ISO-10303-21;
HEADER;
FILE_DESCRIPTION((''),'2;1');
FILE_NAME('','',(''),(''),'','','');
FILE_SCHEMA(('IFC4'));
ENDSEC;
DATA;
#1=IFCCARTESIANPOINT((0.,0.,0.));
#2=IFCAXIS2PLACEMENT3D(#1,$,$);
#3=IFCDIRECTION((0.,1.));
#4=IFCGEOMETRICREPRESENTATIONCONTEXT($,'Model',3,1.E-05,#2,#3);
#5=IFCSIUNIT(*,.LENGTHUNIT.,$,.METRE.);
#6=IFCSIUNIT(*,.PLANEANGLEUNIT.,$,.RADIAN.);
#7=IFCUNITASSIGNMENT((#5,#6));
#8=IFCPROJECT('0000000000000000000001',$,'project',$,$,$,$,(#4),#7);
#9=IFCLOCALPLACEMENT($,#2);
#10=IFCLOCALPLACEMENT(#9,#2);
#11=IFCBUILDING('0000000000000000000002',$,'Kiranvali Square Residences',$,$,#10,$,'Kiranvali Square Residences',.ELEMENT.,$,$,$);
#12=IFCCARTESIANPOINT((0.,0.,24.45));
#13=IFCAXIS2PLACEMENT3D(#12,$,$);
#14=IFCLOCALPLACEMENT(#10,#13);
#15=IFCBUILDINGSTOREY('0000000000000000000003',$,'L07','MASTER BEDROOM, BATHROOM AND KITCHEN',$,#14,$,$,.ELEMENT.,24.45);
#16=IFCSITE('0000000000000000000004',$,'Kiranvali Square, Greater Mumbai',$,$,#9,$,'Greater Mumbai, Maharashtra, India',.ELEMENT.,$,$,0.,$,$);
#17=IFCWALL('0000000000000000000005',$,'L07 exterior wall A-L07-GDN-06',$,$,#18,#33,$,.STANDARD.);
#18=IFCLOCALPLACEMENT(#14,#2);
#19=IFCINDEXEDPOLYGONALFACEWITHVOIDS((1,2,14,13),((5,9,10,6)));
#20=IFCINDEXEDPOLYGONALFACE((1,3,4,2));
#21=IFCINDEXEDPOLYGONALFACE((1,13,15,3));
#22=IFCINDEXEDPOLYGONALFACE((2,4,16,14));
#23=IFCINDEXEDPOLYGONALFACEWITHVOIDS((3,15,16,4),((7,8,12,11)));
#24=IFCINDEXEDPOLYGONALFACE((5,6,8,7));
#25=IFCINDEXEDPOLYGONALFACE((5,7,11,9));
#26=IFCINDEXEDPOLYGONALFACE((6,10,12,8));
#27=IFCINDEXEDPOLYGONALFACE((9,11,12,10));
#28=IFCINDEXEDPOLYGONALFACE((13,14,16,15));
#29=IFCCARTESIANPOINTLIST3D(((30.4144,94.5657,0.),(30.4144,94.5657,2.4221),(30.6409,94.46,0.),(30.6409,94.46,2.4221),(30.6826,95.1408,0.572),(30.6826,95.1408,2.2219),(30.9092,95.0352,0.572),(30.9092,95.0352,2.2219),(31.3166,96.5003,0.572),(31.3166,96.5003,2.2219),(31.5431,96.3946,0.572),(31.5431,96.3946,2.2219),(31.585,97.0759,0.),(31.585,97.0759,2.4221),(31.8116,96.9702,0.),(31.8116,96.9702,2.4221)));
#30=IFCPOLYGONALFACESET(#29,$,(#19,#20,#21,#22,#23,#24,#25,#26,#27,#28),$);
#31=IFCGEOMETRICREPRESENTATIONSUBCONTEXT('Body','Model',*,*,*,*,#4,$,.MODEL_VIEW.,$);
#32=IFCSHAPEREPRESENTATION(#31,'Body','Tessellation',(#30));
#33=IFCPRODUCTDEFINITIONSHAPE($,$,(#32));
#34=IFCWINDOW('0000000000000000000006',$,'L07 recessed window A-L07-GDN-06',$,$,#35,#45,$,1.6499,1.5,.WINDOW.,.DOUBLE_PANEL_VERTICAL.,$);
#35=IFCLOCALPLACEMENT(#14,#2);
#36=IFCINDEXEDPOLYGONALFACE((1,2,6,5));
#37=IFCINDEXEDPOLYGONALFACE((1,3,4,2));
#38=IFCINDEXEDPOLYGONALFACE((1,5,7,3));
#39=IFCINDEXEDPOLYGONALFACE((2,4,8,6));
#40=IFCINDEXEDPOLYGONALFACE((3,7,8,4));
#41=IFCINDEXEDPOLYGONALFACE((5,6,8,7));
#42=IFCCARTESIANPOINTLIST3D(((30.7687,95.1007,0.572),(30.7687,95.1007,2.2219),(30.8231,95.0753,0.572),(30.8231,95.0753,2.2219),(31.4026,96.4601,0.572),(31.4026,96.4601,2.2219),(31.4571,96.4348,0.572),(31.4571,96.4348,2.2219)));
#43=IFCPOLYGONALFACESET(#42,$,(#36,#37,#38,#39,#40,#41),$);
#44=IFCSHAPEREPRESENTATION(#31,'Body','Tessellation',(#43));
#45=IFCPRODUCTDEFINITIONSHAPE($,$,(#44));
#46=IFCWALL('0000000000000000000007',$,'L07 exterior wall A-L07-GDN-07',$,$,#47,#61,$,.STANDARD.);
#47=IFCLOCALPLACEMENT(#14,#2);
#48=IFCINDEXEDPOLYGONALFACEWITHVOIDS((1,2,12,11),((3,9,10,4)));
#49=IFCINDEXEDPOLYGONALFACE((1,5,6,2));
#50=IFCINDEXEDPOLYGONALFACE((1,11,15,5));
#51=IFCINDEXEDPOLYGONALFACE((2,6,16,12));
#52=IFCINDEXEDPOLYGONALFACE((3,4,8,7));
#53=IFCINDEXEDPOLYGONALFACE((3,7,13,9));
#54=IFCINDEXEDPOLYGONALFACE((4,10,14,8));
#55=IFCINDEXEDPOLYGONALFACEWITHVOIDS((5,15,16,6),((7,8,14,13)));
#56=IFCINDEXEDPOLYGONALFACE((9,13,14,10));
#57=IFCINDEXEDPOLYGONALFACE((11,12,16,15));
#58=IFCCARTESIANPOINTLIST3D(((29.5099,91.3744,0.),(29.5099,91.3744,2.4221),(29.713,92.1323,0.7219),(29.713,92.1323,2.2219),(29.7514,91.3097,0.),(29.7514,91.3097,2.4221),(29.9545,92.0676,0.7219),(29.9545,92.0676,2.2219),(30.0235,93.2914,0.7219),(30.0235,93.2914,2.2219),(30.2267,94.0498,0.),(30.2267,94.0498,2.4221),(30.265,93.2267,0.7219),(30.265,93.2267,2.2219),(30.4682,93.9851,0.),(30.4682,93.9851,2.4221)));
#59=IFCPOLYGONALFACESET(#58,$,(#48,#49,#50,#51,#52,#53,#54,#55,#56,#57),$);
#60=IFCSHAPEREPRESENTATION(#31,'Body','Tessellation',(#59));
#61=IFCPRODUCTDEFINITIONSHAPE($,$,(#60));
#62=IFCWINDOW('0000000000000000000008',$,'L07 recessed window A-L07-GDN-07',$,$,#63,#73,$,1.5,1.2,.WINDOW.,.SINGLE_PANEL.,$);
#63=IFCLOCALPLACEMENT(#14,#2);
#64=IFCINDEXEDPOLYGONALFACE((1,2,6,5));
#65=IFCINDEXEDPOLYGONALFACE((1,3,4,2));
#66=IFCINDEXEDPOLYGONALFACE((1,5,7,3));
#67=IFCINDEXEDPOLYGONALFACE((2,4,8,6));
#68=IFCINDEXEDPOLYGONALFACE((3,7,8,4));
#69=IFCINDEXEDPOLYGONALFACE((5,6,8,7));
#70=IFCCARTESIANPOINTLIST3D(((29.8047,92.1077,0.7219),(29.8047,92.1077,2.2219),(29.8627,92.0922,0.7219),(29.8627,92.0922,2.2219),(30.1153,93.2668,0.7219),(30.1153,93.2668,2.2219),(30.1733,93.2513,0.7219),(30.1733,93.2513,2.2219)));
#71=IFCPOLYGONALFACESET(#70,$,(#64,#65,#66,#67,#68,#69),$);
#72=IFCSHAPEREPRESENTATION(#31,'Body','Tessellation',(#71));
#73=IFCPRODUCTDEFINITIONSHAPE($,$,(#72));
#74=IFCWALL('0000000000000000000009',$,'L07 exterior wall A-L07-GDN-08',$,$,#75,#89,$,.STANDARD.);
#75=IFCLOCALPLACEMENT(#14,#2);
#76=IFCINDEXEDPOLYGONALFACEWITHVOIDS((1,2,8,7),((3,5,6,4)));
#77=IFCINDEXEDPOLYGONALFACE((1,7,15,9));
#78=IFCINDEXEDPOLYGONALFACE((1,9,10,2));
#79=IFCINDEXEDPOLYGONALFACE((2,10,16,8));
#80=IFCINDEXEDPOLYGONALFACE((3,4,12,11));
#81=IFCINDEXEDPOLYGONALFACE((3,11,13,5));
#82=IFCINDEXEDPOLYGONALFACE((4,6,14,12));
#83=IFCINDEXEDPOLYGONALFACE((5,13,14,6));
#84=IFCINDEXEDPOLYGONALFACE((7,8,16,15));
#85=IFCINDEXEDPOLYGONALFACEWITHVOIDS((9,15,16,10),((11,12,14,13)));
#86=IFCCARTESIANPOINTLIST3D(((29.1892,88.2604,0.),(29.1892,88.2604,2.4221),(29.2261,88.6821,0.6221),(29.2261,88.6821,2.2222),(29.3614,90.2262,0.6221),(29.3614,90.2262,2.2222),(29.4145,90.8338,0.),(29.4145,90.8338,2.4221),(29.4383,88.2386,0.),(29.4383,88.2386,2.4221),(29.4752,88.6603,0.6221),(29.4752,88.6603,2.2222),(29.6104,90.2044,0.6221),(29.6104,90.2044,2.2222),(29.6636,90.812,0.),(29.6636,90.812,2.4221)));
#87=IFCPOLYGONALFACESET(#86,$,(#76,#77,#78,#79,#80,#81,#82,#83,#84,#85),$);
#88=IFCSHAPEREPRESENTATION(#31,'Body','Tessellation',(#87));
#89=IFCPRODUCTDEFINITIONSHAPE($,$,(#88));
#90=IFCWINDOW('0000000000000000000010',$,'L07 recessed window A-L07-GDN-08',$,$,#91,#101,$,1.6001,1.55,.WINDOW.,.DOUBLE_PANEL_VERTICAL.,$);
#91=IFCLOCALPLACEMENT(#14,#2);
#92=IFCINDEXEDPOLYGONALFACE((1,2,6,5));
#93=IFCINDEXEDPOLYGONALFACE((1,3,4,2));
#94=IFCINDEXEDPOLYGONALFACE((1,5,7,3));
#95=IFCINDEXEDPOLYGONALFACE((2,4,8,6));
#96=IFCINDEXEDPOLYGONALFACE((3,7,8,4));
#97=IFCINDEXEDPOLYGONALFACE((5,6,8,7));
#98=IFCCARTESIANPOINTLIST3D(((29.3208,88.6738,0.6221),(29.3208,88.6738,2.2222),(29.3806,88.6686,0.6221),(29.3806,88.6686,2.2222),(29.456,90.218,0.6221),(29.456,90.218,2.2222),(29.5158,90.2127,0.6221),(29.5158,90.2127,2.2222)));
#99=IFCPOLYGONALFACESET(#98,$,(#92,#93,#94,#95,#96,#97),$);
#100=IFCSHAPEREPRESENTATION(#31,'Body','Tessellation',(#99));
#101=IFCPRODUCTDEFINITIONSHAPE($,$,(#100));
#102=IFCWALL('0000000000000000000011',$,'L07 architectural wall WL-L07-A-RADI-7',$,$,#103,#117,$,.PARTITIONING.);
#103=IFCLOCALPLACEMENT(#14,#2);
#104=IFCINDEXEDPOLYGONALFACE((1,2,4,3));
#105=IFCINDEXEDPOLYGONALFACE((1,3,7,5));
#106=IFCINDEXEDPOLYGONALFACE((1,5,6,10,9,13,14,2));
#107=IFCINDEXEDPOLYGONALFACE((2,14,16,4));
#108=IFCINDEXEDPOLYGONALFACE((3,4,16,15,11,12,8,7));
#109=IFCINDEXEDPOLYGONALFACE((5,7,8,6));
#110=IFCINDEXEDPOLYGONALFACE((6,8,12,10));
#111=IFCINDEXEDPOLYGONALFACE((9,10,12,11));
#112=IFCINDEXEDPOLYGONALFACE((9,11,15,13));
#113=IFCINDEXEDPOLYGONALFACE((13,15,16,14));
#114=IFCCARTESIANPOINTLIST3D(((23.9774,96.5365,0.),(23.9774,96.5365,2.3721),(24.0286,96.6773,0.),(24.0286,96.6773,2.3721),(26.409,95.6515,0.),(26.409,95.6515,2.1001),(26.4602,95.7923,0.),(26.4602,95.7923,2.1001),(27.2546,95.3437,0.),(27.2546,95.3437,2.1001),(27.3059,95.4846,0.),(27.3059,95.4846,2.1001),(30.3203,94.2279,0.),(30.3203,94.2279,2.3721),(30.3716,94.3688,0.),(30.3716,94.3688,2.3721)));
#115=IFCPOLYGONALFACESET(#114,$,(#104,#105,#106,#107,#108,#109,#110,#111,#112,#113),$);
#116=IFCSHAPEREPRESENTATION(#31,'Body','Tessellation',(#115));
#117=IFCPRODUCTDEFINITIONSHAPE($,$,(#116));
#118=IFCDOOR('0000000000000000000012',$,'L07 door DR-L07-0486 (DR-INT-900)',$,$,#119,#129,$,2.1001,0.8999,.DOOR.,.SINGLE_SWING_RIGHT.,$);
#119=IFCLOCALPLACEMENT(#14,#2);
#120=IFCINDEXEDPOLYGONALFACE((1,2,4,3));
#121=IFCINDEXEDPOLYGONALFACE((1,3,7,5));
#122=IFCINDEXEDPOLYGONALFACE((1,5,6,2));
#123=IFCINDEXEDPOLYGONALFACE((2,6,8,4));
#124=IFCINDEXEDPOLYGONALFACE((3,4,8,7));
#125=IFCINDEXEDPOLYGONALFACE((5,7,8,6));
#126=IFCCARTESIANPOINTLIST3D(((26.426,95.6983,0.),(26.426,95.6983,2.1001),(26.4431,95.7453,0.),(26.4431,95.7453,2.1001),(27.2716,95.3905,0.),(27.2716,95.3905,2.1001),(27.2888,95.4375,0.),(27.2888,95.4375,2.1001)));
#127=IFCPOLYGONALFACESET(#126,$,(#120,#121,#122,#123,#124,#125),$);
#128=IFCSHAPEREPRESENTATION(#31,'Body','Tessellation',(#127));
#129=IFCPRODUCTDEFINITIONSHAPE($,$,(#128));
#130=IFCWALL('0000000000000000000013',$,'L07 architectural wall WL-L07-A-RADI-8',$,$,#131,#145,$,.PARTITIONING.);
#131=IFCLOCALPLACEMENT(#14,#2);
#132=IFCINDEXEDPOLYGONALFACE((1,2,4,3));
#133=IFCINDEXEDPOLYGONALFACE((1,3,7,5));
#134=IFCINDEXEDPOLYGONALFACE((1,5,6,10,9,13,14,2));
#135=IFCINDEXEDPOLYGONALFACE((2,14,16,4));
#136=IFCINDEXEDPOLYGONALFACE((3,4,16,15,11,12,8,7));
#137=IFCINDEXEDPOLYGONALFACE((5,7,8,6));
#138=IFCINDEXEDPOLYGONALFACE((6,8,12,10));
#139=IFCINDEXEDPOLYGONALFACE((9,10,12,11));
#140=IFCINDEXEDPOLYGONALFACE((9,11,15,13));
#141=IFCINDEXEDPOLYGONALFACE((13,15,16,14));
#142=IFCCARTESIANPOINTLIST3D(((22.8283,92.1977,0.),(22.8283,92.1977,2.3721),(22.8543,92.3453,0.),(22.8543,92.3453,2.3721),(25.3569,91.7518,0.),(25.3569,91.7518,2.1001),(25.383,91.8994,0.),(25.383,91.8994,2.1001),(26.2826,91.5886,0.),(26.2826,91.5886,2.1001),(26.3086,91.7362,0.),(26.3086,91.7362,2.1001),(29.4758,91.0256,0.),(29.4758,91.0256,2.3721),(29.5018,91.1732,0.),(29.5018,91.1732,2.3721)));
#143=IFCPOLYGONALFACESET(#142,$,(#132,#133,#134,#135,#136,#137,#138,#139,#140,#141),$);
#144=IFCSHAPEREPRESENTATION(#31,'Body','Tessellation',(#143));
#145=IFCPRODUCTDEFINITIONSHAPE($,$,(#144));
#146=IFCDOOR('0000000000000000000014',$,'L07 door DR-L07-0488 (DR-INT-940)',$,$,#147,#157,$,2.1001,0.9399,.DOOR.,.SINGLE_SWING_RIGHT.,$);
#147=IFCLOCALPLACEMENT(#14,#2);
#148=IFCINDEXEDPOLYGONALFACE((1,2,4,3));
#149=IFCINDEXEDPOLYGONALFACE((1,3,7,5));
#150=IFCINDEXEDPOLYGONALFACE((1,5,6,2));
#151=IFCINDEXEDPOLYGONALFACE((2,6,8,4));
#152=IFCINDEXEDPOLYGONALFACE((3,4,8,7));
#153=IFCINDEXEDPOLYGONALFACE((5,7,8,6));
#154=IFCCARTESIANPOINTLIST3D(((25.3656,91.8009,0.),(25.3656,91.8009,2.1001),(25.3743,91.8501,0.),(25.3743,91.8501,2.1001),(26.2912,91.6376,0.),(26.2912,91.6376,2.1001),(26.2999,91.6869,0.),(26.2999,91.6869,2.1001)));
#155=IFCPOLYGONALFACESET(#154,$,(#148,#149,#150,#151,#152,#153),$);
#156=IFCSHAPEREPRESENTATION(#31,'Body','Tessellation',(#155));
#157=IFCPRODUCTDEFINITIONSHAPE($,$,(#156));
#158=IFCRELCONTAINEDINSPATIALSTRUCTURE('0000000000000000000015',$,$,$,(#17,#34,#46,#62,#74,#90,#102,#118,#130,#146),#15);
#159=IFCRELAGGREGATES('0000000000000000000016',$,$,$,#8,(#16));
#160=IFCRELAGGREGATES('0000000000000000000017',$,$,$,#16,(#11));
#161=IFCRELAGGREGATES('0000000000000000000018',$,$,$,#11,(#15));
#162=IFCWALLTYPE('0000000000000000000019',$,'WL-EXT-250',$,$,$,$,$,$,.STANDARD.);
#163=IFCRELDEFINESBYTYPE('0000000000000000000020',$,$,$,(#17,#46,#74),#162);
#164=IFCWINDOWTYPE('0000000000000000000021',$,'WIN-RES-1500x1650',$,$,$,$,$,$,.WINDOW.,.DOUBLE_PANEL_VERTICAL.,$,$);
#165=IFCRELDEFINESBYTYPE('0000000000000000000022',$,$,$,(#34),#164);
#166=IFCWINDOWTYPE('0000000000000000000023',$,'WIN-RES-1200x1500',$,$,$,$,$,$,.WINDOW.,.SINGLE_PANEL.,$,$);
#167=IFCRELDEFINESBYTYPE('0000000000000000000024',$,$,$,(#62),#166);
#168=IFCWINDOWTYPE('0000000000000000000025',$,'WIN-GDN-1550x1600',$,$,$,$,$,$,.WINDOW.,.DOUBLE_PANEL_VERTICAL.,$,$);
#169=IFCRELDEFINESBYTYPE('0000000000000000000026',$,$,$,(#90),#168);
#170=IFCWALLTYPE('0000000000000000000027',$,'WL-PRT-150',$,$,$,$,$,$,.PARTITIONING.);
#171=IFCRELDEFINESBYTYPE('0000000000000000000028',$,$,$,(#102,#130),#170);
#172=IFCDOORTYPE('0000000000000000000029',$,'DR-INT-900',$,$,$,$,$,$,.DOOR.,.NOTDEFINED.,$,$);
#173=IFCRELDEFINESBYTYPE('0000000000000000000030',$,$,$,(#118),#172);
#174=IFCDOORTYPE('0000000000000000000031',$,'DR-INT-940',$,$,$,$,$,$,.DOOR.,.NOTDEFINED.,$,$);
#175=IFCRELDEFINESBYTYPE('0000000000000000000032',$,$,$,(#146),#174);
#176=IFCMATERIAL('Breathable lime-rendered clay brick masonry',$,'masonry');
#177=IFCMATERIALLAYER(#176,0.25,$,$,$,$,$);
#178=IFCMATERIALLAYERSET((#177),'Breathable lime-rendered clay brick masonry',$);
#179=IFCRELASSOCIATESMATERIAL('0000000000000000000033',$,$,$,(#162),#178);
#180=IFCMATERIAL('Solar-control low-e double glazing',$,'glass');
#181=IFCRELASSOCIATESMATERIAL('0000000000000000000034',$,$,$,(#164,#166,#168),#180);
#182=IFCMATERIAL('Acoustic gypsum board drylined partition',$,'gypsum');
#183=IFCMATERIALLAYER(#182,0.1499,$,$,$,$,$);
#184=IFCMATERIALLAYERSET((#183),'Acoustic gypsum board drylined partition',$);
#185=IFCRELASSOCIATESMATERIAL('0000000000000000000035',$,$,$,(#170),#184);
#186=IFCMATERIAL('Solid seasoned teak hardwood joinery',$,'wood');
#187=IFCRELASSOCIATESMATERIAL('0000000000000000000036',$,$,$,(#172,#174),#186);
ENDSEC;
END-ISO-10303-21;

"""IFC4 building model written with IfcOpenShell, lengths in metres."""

from ifc_helpers import new_model, si_unit, direction, frame, frame_2d, origin, place, context, subcontext, project, spatial, rectangle, extrude, material, layer, layer_set, type_object, element, fill, save


model = new_model("IFC4")

# Units and contexts
model_context = context("Model", 3, precision=1e-05, world=origin(), true_north=direction((0.0, 1.0)))
body_context = subcontext(model_context, "Body", "Model", "MODEL_VIEW")
ifc_project = project(units=[si_unit("LENGTHUNIT", "METRE"), si_unit("PLANEANGLEUNIT", "RADIAN")], contexts=[model_context])

# Site, building, storey
site_placement = place(None, origin())
site = spatial("IfcSite", under=ifc_project, at=site_placement, Name="Kiranvali Square, Greater Mumbai", LongName="Greater Mumbai, Maharashtra, India", CompositionType="ELEMENT", RefElevation=0.0)
building_placement = place(site_placement, origin())
building = spatial("IfcBuilding", under=site, at=building_placement, Name="Kiranvali Square Residences", LongName="Kiranvali Square Residences", CompositionType="ELEMENT")
storey_placement = place(building_placement, frame((0.0, 0.0, 24.45)))
storey = spatial("IfcBuildingStorey", under=building, at=storey_placement, Name="L07", Description="MASTER BEDROOM, BATHROOM AND KITCHEN", CompositionType="ELEMENT", Elevation=24.45)

# Walls, openings, windows
ifc_material_1 = material(Name="Breathable lime-rendered clay brick masonry", Category="masonry")
ifc_layer_1 = layer(ifc_material_1, 0.25)
ifc_layer_set_1 = layer_set([ifc_layer_1], Name="Breathable lime-rendered clay brick masonry")
wall_type_1 = type_object("IfcWallType", Name="WL-EXT-250", PredefinedType="STANDARD", material=ifc_layer_set_1)
wall_1_placement = place(storey_placement, frame((31.6982, 97.0229, 0.0), z_axis=(0.0, 0.0, 1.0), x_axis=(-0.422649, -0.906293, 0.0)))
wall_1 = element("IfcWall", 1, at=wall_1_placement, inside=storey, type_object=wall_type_1, Name="L07 exterior wall A-L07-GDN-06", PredefinedType="STANDARD", context=body_context, shape_type="SweptSolid", body=[
    extrude(rectangle(XDim=2.7698, YDim=0.25, at=frame_2d((1.3848, 0.0))), origin(), (0.0, 0.0, 1.0), 2.4221),
])
opening_1_placement = place(wall_1_placement, frame((0.635, 0.0, 0.572)))
opening_1 = element("IfcOpeningElement", 2, at=opening_1_placement, cuts=wall_1, PredefinedType="OPENING", context=body_context, shape_type="SweptSolid", body=[
    extrude(rectangle(XDim=1.5, YDim=1.6499, at=frame_2d((0.75, 0.825))), frame((0.0, 0.135, 0.0), z_axis=(0.0, -1.0, 0.0), x_axis=(1.0, 0.0, 0.0)), (0.0, 0.0, 1.0), 0.27),
])
ifc_material_2 = material(Name="Solar-control low-e double glazing", Category="glass")
window_type_1 = type_object("IfcWindowType", Name="WIN-RES-1500x1650", PartitioningType="DOUBLE_PANEL_VERTICAL", PredefinedType="WINDOW", material=ifc_material_2)
window_1_placement = place(opening_1_placement, origin())
window_1 = element("IfcWindow", 3, at=window_1_placement, inside=storey, type_object=window_type_1, Name="L07 recessed window A-L07-GDN-06", OverallHeight=1.6499, OverallWidth=1.5, PartitioningType="DOUBLE_PANEL_VERTICAL", PredefinedType="WINDOW", context=body_context, shape_type="SweptSolid", body=[
    extrude(rectangle(XDim=1.5, YDim=1.6499, at=frame_2d((0.75, 0.825))), frame((0.0, 0.03, 0.0), z_axis=(0.0, -1.0, 0.0), x_axis=(1.0, 0.0, 0.0)), (0.0, 0.0, 1.0), 0.0601),
])
fill(opening_1, window_1)
wall_2_placement = place(storey_placement, frame((30.3474, 94.0173, 0.0), z_axis=(0.0, 0.0, 1.0), x_axis=(-0.258782, -0.965936, 0.0)))
wall_2 = element("IfcWall", 4, at=wall_2_placement, inside=storey, type_object=wall_type_1, Name="L07 exterior wall A-L07-GDN-07", PredefinedType="STANDARD", context=body_context, shape_type="SweptSolid", body=[
    extrude(rectangle(XDim=2.7698, YDim=0.25, at=frame_2d((1.3848, 0.0))), origin(), (0.0, 0.0, 1.0), 2.4221),
])
opening_2_placement = place(wall_2_placement, frame((0.7849, 0.0, 0.7219)))
opening_2 = element("IfcOpeningElement", 5, at=opening_2_placement, cuts=wall_2, PredefinedType="OPENING", context=body_context, shape_type="SweptSolid", body=[
    extrude(rectangle(XDim=1.2, YDim=1.5, at=frame_2d((0.6001, 0.75))), frame((0.0, 0.135, 0.0), z_axis=(0.0, -1.0, 0.0), x_axis=(1.0, 0.0, 0.0)), (0.0, 0.0, 1.0), 0.27),
])
window_type_2 = type_object("IfcWindowType", Name="WIN-RES-1200x1500", PartitioningType="SINGLE_PANEL", PredefinedType="WINDOW", material=ifc_material_2)
window_2_placement = place(opening_2_placement, origin())
window_2 = element("IfcWindow", 6, at=window_2_placement, inside=storey, type_object=window_type_2, Name="L07 recessed window A-L07-GDN-07", OverallHeight=1.5, OverallWidth=1.2, PartitioningType="SINGLE_PANEL", PredefinedType="WINDOW", context=body_context, shape_type="SweptSolid", body=[
    extrude(rectangle(XDim=1.2, YDim=1.5, at=frame_2d((0.6001, 0.75))), frame((0.0, 0.03, 0.0), z_axis=(0.0, -1.0, 0.0), x_axis=(1.0, 0.0, 0.0)), (0.0, 0.0, 1.0), 0.0601),
])
fill(opening_2, window_2)
wall_3_placement = place(storey_placement, frame((29.5391, 90.8228, 0.0), z_axis=(0.0, 0.0, 1.0), x_axis=(-0.087229, -0.996188, 0.0)))
wall_3 = element("IfcWall", 7, at=wall_3_placement, inside=storey, type_object=wall_type_1, Name="L07 exterior wall A-L07-GDN-08", PredefinedType="STANDARD", context=body_context, shape_type="SweptSolid", body=[
    extrude(rectangle(XDim=2.5833, YDim=0.25, at=frame_2d((1.2915, 0.0))), origin(), (0.0, 0.0, 1.0), 2.4221),
])
opening_3_placement = place(wall_3_placement, frame((0.6099, 0.0, 0.6221)))
opening_3 = element("IfcOpeningElement", 8, at=opening_3_placement, cuts=wall_3, PredefinedType="OPENING", context=body_context, shape_type="SweptSolid", body=[
    extrude(rectangle(XDim=1.55, YDim=1.6001, at=frame_2d((0.7749, 0.8))), frame((0.0, 0.135, 0.0), z_axis=(0.0, -1.0, 0.0), x_axis=(1.0, 0.0, 0.0)), (0.0, 0.0, 1.0), 0.27),
])
window_type_3 = type_object("IfcWindowType", Name="WIN-GDN-1550x1600", PartitioningType="DOUBLE_PANEL_VERTICAL", PredefinedType="WINDOW", material=ifc_material_2)
window_3_placement = place(opening_3_placement, origin())
window_3 = element("IfcWindow", 9, at=window_3_placement, inside=storey, type_object=window_type_3, Name="L07 recessed window A-L07-GDN-08", OverallHeight=1.6001, OverallWidth=1.55, PartitioningType="DOUBLE_PANEL_VERTICAL", PredefinedType="WINDOW", context=body_context, shape_type="SweptSolid", body=[
    extrude(rectangle(XDim=1.55, YDim=1.6001, at=frame_2d((0.7749, 0.8))), frame((0.0, 0.03, 0.0), z_axis=(0.0, -1.0, 0.0), x_axis=(1.0, 0.0, 0.0)), (0.0, 0.0, 1.0), 0.0601),
])
fill(opening_3, window_3)

# Walls, openings, doors
ifc_material_3 = material(Name="Acoustic gypsum board drylined partition", Category="gypsum")
ifc_layer_2 = layer(ifc_material_3, 0.1499)
ifc_layer_set_2 = layer_set([ifc_layer_2], Name="Acoustic gypsum board drylined partition")
wall_type_2 = type_object("IfcWallType", Name="WL-PRT-150", PredefinedType="PARTITIONING", material=ifc_layer_set_2)
wall_4_placement = place(storey_placement, frame((30.3459, 94.2983, 0.0), z_axis=(0.0, 0.0, 1.0), x_axis=(-0.939696, 0.34201, 0.0)))
wall_4 = element("IfcWall", 10, at=wall_4_placement, inside=storey, type_object=wall_type_2, Name="L07 architectural wall WL-L07-A-RADI-7", PredefinedType="PARTITIONING", context=body_context, shape_type="SweptSolid", body=[
    extrude(rectangle(XDim=6.75, YDim=0.1499, at=frame_2d((3.375, 0.0))), origin(), (0.0, 0.0, 1.0), 2.3721),
])
opening_4_placement = place(wall_4_placement, frame((3.2625, 0.0, 0.0)))
opening_4 = element("IfcOpeningElement", 11, at=opening_4_placement, cuts=wall_4, PredefinedType="OPENING", context=body_context, shape_type="SweptSolid", body=[
    extrude(rectangle(XDim=0.8999, YDim=2.1001, at=frame_2d((0.45, 1.05))), frame((0.0, 0.085, 0.0), z_axis=(0.0, -1.0, 0.0), x_axis=(1.0, 0.0, 0.0)), (0.0, 0.0, 1.0), 0.1699),
])
ifc_material_4 = material(Name="Solid seasoned teak hardwood joinery", Category="wood")
door_type_1 = type_object("IfcDoorType", Name="DR-INT-900", OperationType="NOTDEFINED", PredefinedType="DOOR", material=ifc_material_4)
door_1_placement = place(opening_4_placement, frame((0.8999, 0.0, 0.0), z_axis=(0.0, 0.0, 1.0), x_axis=(-1.0, 0.0, 0.0)))
door_1 = element("IfcDoor", 12, at=door_1_placement, inside=storey, type_object=door_type_1, Name="L07 door DR-L07-0486 (DR-INT-900)", OperationType="SINGLE_SWING_RIGHT", OverallHeight=2.1001, OverallWidth=0.8999, PredefinedType="DOOR", context=body_context, shape_type="SweptSolid", body=[
    extrude(rectangle(XDim=0.8999, YDim=2.1001, at=frame_2d((0.45, 1.05))), frame((0.0, 0.0249, 0.0), z_axis=(0.0, -1.0, 0.0), x_axis=(1.0, 0.0, 0.0)), (0.0, 0.0, 1.0), 0.05),
])
fill(opening_4, door_1)
wall_5_placement = place(storey_placement, frame((29.4888, 91.0994, 0.0), z_axis=(0.0, 0.0, 1.0), x_axis=(-0.984808, 0.173647, 0.0)))
wall_5 = element("IfcWall", 13, at=wall_5_placement, inside=storey, type_object=wall_type_2, Name="L07 architectural wall WL-L07-A-RADI-8", PredefinedType="PARTITIONING", context=body_context, shape_type="SweptSolid", body=[
    extrude(rectangle(XDim=6.75, YDim=0.1499, at=frame_2d((3.375, 0.0))), origin(), (0.0, 0.0, 1.0), 2.3721),
])
opening_5_placement = place(wall_5_placement, frame((3.2424, 0.0, 0.0)))
opening_5 = element("IfcOpeningElement", 14, at=opening_5_placement, cuts=wall_5, PredefinedType="OPENING", context=body_context, shape_type="SweptSolid", body=[
    extrude(rectangle(XDim=0.9399, YDim=2.1001, at=frame_2d((0.47, 1.05))), frame((0.0, 0.085, 0.0), z_axis=(0.0, -1.0, 0.0), x_axis=(1.0, 0.0, 0.0)), (0.0, 0.0, 1.0), 0.1699),
])
door_type_2 = type_object("IfcDoorType", Name="DR-INT-940", OperationType="NOTDEFINED", PredefinedType="DOOR", material=ifc_material_4)
door_2_placement = place(opening_5_placement, frame((0.9399, 0.0, 0.0), z_axis=(0.0, 0.0, 1.0), x_axis=(-1.0, 0.0, 0.0)))
door_2 = element("IfcDoor", 15, at=door_2_placement, inside=storey, type_object=door_type_2, Name="L07 door DR-L07-0488 (DR-INT-940)", OperationType="SINGLE_SWING_RIGHT", OverallHeight=2.1001, OverallWidth=0.9399, PredefinedType="DOOR", context=body_context, shape_type="SweptSolid", body=[
    extrude(rectangle(XDim=0.9399, YDim=2.1001, at=frame_2d((0.47, 1.05))), frame((0.0, 0.0249, 0.0), z_axis=(0.0, -1.0, 0.0), x_axis=(1.0, 0.0, 0.0)), (0.0, 0.0, 1.0), 0.05),
])
fill(opening_5, door_2)

save(model, "model.ifc")
